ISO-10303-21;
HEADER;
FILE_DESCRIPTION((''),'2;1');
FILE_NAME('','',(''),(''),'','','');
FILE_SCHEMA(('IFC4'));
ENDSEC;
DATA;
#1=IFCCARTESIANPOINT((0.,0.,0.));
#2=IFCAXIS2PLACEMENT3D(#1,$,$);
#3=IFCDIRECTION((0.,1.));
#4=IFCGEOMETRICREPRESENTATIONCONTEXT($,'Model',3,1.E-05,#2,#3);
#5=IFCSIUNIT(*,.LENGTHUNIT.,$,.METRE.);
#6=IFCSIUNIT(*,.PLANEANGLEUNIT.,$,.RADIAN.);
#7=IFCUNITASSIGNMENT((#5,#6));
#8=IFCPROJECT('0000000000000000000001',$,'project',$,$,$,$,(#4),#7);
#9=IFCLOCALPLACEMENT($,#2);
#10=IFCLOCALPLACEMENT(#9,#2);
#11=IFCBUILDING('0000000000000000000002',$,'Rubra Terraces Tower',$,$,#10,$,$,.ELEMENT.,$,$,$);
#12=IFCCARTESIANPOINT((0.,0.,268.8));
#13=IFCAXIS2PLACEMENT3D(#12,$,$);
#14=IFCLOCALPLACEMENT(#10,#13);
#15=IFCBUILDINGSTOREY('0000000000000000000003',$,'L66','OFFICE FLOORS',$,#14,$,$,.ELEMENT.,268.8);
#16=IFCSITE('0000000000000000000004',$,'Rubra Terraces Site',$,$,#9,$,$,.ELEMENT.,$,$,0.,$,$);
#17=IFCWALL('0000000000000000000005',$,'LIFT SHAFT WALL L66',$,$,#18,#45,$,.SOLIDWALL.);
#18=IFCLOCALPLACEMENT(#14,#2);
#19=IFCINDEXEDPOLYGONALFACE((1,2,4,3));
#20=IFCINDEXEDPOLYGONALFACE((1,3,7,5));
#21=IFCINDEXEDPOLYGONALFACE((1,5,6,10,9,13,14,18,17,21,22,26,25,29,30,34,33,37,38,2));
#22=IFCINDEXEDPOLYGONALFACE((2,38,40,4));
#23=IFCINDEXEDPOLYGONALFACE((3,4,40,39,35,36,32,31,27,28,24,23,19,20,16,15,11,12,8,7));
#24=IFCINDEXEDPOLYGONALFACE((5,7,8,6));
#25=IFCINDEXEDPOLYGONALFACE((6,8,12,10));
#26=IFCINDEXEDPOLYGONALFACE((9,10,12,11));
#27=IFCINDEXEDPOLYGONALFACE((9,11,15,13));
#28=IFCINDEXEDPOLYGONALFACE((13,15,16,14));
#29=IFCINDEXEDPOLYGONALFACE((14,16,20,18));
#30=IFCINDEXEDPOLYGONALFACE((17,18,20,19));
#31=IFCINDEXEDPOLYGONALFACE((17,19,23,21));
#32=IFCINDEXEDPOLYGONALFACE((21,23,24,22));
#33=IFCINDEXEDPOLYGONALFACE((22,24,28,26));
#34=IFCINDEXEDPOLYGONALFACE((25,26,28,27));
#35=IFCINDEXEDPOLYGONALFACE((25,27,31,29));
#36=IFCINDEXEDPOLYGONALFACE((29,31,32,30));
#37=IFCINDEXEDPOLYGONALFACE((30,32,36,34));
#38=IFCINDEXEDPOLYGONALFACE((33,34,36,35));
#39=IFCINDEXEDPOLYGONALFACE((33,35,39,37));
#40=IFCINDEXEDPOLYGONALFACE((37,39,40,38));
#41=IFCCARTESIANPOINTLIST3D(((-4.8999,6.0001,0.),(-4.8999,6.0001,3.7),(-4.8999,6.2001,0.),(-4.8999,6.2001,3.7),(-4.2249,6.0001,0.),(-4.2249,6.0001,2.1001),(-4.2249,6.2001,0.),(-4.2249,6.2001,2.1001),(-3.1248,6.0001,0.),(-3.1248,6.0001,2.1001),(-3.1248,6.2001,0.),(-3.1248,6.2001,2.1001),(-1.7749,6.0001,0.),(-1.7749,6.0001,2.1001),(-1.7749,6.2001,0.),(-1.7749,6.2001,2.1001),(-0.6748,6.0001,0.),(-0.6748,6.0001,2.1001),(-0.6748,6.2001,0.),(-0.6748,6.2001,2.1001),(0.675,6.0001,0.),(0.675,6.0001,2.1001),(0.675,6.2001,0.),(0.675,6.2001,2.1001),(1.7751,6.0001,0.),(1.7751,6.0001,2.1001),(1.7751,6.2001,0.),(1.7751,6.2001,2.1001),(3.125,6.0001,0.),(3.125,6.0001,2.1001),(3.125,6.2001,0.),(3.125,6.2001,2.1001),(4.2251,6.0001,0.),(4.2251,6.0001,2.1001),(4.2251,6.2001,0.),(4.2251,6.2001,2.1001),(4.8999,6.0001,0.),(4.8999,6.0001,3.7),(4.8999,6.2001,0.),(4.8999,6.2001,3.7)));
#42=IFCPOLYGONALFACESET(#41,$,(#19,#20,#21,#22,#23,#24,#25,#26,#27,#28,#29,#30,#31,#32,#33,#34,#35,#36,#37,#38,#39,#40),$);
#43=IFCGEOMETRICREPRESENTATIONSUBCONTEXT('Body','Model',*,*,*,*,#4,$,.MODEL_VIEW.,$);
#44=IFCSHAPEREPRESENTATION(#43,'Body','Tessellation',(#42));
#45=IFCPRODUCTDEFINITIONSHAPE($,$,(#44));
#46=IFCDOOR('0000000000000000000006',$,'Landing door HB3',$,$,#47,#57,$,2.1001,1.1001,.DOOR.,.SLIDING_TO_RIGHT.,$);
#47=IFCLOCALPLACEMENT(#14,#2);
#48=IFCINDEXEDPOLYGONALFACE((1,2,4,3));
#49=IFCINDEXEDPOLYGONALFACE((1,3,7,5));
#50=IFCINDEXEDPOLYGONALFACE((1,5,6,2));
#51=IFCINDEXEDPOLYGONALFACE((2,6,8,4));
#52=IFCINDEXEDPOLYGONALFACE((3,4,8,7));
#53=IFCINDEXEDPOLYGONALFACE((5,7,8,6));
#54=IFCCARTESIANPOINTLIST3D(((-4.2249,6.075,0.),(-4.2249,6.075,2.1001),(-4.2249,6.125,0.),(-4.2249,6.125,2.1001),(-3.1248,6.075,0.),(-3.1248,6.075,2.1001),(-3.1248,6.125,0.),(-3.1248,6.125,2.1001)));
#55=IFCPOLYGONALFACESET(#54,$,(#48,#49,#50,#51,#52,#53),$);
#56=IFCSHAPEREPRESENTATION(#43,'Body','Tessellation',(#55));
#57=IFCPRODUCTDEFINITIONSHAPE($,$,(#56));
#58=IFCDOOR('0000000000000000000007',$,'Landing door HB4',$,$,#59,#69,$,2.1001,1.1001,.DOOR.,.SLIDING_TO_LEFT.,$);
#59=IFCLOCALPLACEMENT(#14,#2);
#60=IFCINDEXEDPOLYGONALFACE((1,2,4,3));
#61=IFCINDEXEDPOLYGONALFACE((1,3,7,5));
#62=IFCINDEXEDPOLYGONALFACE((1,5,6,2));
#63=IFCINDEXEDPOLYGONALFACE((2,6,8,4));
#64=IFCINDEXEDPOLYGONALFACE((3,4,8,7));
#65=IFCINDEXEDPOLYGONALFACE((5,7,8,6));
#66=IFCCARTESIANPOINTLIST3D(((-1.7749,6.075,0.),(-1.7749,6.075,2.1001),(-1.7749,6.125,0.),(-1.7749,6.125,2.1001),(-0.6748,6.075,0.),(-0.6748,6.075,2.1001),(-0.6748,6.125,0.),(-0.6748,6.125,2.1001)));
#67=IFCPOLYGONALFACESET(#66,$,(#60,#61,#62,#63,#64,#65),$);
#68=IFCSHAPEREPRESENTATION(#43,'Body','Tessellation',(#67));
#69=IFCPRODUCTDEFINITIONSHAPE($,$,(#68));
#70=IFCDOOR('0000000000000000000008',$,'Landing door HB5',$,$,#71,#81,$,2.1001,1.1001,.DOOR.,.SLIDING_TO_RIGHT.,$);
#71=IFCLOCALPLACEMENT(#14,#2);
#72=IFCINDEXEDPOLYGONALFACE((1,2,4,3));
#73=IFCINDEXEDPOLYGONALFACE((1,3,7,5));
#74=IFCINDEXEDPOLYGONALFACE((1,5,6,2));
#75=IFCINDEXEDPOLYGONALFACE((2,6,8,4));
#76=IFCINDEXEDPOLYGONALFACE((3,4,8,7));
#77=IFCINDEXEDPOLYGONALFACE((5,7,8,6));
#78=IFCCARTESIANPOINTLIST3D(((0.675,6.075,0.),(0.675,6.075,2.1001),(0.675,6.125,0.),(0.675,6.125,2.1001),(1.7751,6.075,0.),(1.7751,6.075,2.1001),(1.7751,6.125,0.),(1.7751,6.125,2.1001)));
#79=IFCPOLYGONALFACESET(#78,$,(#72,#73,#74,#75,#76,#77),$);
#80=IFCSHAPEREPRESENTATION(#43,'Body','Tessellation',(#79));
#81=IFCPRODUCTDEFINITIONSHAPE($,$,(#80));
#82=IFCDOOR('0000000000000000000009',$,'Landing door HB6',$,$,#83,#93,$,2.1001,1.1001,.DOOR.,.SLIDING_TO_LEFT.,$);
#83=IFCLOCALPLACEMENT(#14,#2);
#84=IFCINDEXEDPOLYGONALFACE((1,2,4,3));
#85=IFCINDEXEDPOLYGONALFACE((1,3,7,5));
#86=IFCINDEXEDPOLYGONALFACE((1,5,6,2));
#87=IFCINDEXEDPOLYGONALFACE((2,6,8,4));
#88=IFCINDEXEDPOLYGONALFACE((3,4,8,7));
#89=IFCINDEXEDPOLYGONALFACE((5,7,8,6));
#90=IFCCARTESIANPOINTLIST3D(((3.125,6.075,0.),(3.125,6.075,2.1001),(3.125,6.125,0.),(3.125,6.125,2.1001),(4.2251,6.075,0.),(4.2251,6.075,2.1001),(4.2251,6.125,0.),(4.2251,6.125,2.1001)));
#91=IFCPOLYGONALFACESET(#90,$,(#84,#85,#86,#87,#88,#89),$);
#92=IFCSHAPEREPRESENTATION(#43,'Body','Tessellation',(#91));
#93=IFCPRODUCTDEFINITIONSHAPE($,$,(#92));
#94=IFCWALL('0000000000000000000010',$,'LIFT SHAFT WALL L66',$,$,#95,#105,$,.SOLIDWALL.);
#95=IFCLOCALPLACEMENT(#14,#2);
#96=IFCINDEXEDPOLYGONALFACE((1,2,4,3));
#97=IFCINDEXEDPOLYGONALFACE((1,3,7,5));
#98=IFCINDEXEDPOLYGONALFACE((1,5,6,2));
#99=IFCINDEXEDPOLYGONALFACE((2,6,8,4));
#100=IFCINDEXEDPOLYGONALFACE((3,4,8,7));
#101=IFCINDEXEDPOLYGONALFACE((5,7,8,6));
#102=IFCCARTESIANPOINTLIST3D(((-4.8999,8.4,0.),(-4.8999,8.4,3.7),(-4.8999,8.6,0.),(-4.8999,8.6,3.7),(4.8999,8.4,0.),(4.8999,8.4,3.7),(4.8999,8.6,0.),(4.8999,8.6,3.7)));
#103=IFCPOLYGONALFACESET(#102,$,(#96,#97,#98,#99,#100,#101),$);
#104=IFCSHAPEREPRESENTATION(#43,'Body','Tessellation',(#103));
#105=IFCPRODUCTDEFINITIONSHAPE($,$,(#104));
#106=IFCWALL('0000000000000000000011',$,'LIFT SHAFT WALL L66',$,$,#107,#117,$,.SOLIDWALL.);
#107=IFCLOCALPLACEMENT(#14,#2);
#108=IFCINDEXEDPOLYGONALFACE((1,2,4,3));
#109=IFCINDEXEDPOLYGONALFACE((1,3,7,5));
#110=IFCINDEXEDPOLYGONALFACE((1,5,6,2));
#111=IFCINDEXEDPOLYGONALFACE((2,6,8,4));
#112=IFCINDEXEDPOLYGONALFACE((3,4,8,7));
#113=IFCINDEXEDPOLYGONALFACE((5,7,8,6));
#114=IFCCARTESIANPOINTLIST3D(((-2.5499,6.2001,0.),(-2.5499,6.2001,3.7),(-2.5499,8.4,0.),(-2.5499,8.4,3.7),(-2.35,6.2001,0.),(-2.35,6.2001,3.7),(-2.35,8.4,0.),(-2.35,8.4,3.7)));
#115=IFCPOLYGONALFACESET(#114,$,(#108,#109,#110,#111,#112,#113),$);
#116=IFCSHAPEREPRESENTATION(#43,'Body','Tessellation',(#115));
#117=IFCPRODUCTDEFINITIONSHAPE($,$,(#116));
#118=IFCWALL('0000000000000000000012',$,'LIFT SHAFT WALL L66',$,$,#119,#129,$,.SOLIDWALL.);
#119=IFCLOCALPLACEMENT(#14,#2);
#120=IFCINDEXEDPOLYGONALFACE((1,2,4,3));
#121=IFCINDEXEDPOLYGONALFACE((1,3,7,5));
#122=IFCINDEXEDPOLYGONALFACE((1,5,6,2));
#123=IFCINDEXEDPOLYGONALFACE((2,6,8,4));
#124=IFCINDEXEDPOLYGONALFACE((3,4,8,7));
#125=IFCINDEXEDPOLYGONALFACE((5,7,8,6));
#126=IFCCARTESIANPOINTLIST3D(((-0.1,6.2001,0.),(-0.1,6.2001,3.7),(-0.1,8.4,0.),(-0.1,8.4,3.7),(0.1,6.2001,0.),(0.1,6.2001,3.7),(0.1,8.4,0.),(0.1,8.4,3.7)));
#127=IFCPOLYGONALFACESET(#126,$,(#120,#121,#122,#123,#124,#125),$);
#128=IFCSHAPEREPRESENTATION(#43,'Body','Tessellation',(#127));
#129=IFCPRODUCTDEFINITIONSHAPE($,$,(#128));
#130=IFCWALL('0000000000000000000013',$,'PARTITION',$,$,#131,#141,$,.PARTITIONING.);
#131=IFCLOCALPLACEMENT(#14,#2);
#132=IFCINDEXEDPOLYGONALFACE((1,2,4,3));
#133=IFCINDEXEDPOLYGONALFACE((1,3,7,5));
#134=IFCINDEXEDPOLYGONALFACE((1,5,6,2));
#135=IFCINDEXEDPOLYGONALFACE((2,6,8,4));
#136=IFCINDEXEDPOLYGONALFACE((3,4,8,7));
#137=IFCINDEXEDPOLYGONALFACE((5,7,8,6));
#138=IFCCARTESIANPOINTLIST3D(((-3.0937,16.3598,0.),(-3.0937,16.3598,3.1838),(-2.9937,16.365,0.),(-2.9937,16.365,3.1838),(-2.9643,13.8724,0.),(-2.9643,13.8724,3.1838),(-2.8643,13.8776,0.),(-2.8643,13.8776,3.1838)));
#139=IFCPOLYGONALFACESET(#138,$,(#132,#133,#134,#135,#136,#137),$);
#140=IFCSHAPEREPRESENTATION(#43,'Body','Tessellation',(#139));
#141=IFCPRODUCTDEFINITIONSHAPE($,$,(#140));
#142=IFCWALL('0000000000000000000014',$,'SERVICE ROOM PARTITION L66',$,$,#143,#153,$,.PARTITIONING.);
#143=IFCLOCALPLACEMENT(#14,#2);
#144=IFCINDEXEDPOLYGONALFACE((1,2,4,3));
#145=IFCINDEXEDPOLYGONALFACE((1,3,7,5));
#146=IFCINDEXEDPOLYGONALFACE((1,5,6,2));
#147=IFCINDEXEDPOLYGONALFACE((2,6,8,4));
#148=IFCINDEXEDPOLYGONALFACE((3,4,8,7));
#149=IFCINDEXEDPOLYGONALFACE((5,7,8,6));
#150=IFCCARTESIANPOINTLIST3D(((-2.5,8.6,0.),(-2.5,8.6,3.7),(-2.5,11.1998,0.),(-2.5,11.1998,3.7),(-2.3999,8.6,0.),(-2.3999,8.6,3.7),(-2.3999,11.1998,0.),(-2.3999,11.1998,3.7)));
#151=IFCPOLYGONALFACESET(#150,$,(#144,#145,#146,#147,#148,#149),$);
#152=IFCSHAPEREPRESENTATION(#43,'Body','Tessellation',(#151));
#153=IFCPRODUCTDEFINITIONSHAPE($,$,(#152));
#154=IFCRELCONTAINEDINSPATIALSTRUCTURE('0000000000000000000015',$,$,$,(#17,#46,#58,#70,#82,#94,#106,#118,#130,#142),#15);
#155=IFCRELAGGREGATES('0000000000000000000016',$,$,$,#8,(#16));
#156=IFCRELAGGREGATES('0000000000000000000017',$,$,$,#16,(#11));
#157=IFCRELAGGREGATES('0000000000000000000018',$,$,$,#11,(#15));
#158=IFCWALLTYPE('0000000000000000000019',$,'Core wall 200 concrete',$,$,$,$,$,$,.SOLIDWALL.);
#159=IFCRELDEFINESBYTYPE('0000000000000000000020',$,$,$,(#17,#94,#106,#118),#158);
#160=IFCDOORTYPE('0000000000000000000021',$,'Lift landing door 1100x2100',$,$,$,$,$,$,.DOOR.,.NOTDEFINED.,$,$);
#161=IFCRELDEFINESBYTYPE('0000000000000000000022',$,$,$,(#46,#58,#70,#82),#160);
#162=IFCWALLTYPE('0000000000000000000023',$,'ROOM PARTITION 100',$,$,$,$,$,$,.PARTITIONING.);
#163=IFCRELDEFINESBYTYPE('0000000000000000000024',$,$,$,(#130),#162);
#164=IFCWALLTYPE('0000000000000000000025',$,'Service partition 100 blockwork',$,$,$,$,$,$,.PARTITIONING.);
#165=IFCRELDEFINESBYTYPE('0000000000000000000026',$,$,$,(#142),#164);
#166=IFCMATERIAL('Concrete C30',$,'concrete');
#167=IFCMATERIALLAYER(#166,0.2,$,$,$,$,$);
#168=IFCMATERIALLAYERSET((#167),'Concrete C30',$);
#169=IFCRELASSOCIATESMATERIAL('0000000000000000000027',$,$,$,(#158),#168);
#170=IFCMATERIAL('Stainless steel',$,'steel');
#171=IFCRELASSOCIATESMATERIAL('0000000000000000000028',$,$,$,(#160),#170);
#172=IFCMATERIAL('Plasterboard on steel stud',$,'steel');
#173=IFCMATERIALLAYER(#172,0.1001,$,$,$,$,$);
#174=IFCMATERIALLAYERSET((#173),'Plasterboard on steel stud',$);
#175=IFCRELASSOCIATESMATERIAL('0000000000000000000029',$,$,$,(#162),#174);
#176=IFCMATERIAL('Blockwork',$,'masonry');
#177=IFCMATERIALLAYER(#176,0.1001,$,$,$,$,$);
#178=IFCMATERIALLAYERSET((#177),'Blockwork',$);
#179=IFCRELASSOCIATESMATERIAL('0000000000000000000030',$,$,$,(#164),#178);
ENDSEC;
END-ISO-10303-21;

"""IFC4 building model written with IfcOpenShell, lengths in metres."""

from ifc_helpers import new_model, si_unit, direction, frame, frame_2d, origin, place, context, subcontext, project, spatial, rectangle, extrude, material, layer, layer_set, type_object, element, fill, save


model = new_model("IFC4")

# Units and contexts
model_context = context("Model", 3, precision=1e-05, world=origin(), true_north=direction((0.0, 1.0)))
body_context = subcontext(model_context, "Body", "Model", "MODEL_VIEW")
ifc_project = project(units=[si_unit("LENGTHUNIT", "METRE"), si_unit("PLANEANGLEUNIT", "RADIAN")], contexts=[model_context])

# Site, building, storey
site_placement = place(None, origin())
site = spatial("IfcSite", under=ifc_project, at=site_placement, Name="Rubra Terraces Site", CompositionType="ELEMENT", RefElevation=0.0)
building_placement = place(site_placement, origin())
building = spatial("IfcBuilding", under=site, at=building_placement, Name="Rubra Terraces Tower", CompositionType="ELEMENT")
storey_placement = place(building_placement, frame((0.0, 0.0, 268.8)))
storey = spatial("IfcBuildingStorey", under=building, at=storey_placement, Name="L66", Description="OFFICE FLOORS", CompositionType="ELEMENT", Elevation=268.8)

# Shared definitions
ifc_material_1 = material(Name="Concrete C30", Category="concrete")
ifc_layer_1 = layer(ifc_material_1, 0.2)
ifc_layer_set_1 = layer_set([ifc_layer_1], Name="Concrete C30")
wall_type_1 = type_object("IfcWallType", Name="Core wall 200 concrete", PredefinedType="SOLIDWALL", material=ifc_layer_set_1)

# Wall, openings, doors
ifc_material_2 = material(Name="Stainless steel", Category="steel")
door_type_1 = type_object("IfcDoorType", Name="Lift landing door 1100x2100", OperationType="NOTDEFINED", PredefinedType="DOOR", material=ifc_material_2)
wall_1_placement = place(storey_placement, frame((-4.8999, 6.1001, 0.0), z_axis=(0.0, 0.0, 1.0), x_axis=(1.0, 0.0, 0.0)))
wall_1 = element("IfcWall", 1, at=wall_1_placement, inside=storey, type_object=wall_type_1, Name="LIFT SHAFT WALL L66", PredefinedType="SOLIDWALL", context=body_context, shape_type="SweptSolid", body=[
    extrude(rectangle(XDim=9.7998, YDim=0.2, at=frame_2d((4.8999, 0.0))), origin(), (0.0, 0.0, 1.0), 3.7),
])
opening_1_placement = place(wall_1_placement, frame((0.675, 0.0, 0.0)))
opening_1 = element("IfcOpeningElement", 2, at=opening_1_placement, cuts=wall_1, PredefinedType="OPENING", context=body_context, shape_type="SweptSolid", body=[
    extrude(rectangle(XDim=1.1001, YDim=2.1001, at=frame_2d((0.55, 1.05))), frame((0.0, 0.1099, 0.0), z_axis=(0.0, -1.0, 0.0), x_axis=(1.0, 0.0, 0.0)), (0.0, 0.0, 1.0), 0.22),
])
opening_2_placement = place(wall_1_placement, frame((3.125, 0.0, 0.0)))
opening_2 = element("IfcOpeningElement", 3, at=opening_2_placement, cuts=wall_1, PredefinedType="OPENING", context=body_context, shape_type="SweptSolid", body=[
    extrude(rectangle(XDim=1.1001, YDim=2.1001, at=frame_2d((0.55, 1.05))), frame((0.0, 0.1099, 0.0), z_axis=(0.0, -1.0, 0.0), x_axis=(1.0, 0.0, 0.0)), (0.0, 0.0, 1.0), 0.22),
])
opening_3_placement = place(wall_1_placement, frame((5.575, 0.0, 0.0)))
opening_3 = element("IfcOpeningElement", 4, at=opening_3_placement, cuts=wall_1, PredefinedType="OPENING", context=body_context, shape_type="SweptSolid", body=[
    extrude(rectangle(XDim=1.1001, YDim=2.1001, at=frame_2d((0.55, 1.05))), frame((0.0, 0.1099, 0.0), z_axis=(0.0, -1.0, 0.0), x_axis=(1.0, 0.0, 0.0)), (0.0, 0.0, 1.0), 0.22),
])
opening_4_placement = place(wall_1_placement, frame((8.0249, 0.0, 0.0)))
opening_4 = element("IfcOpeningElement", 5, at=opening_4_placement, cuts=wall_1, PredefinedType="OPENING", context=body_context, shape_type="SweptSolid", body=[
    extrude(rectangle(XDim=1.1001, YDim=2.1001, at=frame_2d((0.55, 1.05))), frame((0.0, 0.1099, 0.0), z_axis=(0.0, -1.0, 0.0), x_axis=(1.0, 0.0, 0.0)), (0.0, 0.0, 1.0), 0.22),
])
door_1_placement = place(opening_1_placement, origin())
door_1 = element("IfcDoor", 6, at=door_1_placement, inside=storey, type_object=door_type_1, Name="Landing door HB3", OperationType="SLIDING_TO_RIGHT", OverallHeight=2.1001, OverallWidth=1.1001, PredefinedType="DOOR", context=body_context, shape_type="SweptSolid", body=[
    extrude(rectangle(XDim=1.1001, YDim=2.1001, at=frame_2d((0.55, 1.05))), frame((0.0, 0.0249, 0.0), z_axis=(0.0, -1.0, 0.0), x_axis=(1.0, 0.0, 0.0)), (0.0, 0.0, 1.0), 0.05),
])
fill(opening_1, door_1)
door_2_placement = place(opening_2_placement, origin())
door_2 = element("IfcDoor", 7, at=door_2_placement, inside=storey, type_object=door_type_1, Name="Landing door HB4", OperationType="SLIDING_TO_LEFT", OverallHeight=2.1001, OverallWidth=1.1001, PredefinedType="DOOR", context=body_context, shape_type="SweptSolid", body=[
    extrude(rectangle(XDim=1.1001, YDim=2.1001, at=frame_2d((0.55, 1.05))), frame((0.0, 0.0249, 0.0), z_axis=(0.0, -1.0, 0.0), x_axis=(1.0, 0.0, 0.0)), (0.0, 0.0, 1.0), 0.05),
])
fill(opening_2, door_2)
door_3_placement = place(opening_3_placement, origin())
door_3 = element("IfcDoor", 8, at=door_3_placement, inside=storey, type_object=door_type_1, Name="Landing door HB5", OperationType="SLIDING_TO_RIGHT", OverallHeight=2.1001, OverallWidth=1.1001, PredefinedType="DOOR", context=body_context, shape_type="SweptSolid", body=[
    extrude(rectangle(XDim=1.1001, YDim=2.1001, at=frame_2d((0.55, 1.05))), frame((0.0, 0.0249, 0.0), z_axis=(0.0, -1.0, 0.0), x_axis=(1.0, 0.0, 0.0)), (0.0, 0.0, 1.0), 0.05),
])
fill(opening_3, door_3)
door_4_placement = place(opening_4_placement, origin())
door_4 = element("IfcDoor", 9, at=door_4_placement, inside=storey, type_object=door_type_1, Name="Landing door HB6", OperationType="SLIDING_TO_LEFT", OverallHeight=2.1001, OverallWidth=1.1001, PredefinedType="DOOR", context=body_context, shape_type="SweptSolid", body=[
    extrude(rectangle(XDim=1.1001, YDim=2.1001, at=frame_2d((0.55, 1.05))), frame((0.0, 0.0249, 0.0), z_axis=(0.0, -1.0, 0.0), x_axis=(1.0, 0.0, 0.0)), (0.0, 0.0, 1.0), 0.05),
])
fill(opening_4, door_4)

# Walls
wall_2_placement = place(storey_placement, frame((-4.8999, 8.5, 0.0), z_axis=(0.0, 0.0, 1.0), x_axis=(1.0, 0.0, 0.0)))
element("IfcWall", 10, at=wall_2_placement, inside=storey, type_object=wall_type_1, Name="LIFT SHAFT WALL L66", PredefinedType="SOLIDWALL", context=body_context, shape_type="SweptSolid", body=[
    extrude(rectangle(XDim=9.7998, YDim=0.2, at=frame_2d((4.8999, 0.0))), origin(), (0.0, 0.0, 1.0), 3.7),
])
for number, where, z_axis, x_axis, name in (
    (11, (-2.45, 6.2, 0.0), (0.0, 0.0, 1.0), (0.0, 1.0, 0.0), "LIFT SHAFT WALL L66"),
    (12, (0.0, 6.2, 0.0), (0.0, 0.0, 1.0), (0.0, 1.0, 0.0), "LIFT SHAFT WALL L66"),
):
    element("IfcWall", number, at=place(storey_placement, frame(where, z_axis=z_axis, x_axis=x_axis)), inside=storey, type_object=wall_type_1, Name=name, PredefinedType="SOLIDWALL", context=body_context, shape_type="SweptSolid", body=[
        extrude(rectangle(XDim=2.2, YDim=0.2, at=frame_2d((1.1001, 0.0))), origin(), (0.0, 0.0, 1.0), 3.7),
    ])
ifc_material_3 = material(Name="Plasterboard on steel stud", Category="steel")
ifc_layer_2 = layer(ifc_material_3, 0.1001)
ifc_layer_set_2 = layer_set([ifc_layer_2], Name="Plasterboard on steel stud")
wall_type_2 = type_object("IfcWallType", Name="ROOM PARTITION 100", PredefinedType="PARTITIONING", material=ifc_layer_set_2)
wall_3_placement = place(storey_placement, frame((-2.9143, 13.875, 0.0), z_axis=(0.0, 0.0, 1.0), x_axis=(-0.051952, 0.99865, 0.0)))
element("IfcWall", 13, at=wall_3_placement, inside=storey, type_object=wall_type_2, Name="PARTITION", PredefinedType="PARTITIONING", context=body_context, shape_type="SweptSolid", body=[
    extrude(rectangle(XDim=2.4907, YDim=0.1001, at=frame_2d((1.2454, 0.0))), origin(), (0.0, 0.0, 1.0), 3.1838),
])
ifc_material_4 = material(Name="Blockwork", Category="masonry")
ifc_layer_3 = layer(ifc_material_4, 0.1001)
ifc_layer_set_3 = layer_set([ifc_layer_3], Name="Blockwork")
wall_type_3 = type_object("IfcWallType", Name="Service partition 100 blockwork", PredefinedType="PARTITIONING", material=ifc_layer_set_3)
wall_4_placement = place(storey_placement, frame((-2.45, 8.6001, 0.0), z_axis=(0.0, 0.0, 1.0), x_axis=(0.0, 1.0, 0.0)))
element("IfcWall", 14, at=wall_4_placement, inside=storey, type_object=wall_type_3, Name="SERVICE ROOM PARTITION L66", PredefinedType="PARTITIONING", context=body_context, shape_type="SweptSolid", body=[
    extrude(rectangle(XDim=2.5999, YDim=0.1001, at=frame_2d((1.2998, 0.0))), origin(), (0.0, 0.0, 1.0), 3.7),
])

save(model, "model.ifc")
